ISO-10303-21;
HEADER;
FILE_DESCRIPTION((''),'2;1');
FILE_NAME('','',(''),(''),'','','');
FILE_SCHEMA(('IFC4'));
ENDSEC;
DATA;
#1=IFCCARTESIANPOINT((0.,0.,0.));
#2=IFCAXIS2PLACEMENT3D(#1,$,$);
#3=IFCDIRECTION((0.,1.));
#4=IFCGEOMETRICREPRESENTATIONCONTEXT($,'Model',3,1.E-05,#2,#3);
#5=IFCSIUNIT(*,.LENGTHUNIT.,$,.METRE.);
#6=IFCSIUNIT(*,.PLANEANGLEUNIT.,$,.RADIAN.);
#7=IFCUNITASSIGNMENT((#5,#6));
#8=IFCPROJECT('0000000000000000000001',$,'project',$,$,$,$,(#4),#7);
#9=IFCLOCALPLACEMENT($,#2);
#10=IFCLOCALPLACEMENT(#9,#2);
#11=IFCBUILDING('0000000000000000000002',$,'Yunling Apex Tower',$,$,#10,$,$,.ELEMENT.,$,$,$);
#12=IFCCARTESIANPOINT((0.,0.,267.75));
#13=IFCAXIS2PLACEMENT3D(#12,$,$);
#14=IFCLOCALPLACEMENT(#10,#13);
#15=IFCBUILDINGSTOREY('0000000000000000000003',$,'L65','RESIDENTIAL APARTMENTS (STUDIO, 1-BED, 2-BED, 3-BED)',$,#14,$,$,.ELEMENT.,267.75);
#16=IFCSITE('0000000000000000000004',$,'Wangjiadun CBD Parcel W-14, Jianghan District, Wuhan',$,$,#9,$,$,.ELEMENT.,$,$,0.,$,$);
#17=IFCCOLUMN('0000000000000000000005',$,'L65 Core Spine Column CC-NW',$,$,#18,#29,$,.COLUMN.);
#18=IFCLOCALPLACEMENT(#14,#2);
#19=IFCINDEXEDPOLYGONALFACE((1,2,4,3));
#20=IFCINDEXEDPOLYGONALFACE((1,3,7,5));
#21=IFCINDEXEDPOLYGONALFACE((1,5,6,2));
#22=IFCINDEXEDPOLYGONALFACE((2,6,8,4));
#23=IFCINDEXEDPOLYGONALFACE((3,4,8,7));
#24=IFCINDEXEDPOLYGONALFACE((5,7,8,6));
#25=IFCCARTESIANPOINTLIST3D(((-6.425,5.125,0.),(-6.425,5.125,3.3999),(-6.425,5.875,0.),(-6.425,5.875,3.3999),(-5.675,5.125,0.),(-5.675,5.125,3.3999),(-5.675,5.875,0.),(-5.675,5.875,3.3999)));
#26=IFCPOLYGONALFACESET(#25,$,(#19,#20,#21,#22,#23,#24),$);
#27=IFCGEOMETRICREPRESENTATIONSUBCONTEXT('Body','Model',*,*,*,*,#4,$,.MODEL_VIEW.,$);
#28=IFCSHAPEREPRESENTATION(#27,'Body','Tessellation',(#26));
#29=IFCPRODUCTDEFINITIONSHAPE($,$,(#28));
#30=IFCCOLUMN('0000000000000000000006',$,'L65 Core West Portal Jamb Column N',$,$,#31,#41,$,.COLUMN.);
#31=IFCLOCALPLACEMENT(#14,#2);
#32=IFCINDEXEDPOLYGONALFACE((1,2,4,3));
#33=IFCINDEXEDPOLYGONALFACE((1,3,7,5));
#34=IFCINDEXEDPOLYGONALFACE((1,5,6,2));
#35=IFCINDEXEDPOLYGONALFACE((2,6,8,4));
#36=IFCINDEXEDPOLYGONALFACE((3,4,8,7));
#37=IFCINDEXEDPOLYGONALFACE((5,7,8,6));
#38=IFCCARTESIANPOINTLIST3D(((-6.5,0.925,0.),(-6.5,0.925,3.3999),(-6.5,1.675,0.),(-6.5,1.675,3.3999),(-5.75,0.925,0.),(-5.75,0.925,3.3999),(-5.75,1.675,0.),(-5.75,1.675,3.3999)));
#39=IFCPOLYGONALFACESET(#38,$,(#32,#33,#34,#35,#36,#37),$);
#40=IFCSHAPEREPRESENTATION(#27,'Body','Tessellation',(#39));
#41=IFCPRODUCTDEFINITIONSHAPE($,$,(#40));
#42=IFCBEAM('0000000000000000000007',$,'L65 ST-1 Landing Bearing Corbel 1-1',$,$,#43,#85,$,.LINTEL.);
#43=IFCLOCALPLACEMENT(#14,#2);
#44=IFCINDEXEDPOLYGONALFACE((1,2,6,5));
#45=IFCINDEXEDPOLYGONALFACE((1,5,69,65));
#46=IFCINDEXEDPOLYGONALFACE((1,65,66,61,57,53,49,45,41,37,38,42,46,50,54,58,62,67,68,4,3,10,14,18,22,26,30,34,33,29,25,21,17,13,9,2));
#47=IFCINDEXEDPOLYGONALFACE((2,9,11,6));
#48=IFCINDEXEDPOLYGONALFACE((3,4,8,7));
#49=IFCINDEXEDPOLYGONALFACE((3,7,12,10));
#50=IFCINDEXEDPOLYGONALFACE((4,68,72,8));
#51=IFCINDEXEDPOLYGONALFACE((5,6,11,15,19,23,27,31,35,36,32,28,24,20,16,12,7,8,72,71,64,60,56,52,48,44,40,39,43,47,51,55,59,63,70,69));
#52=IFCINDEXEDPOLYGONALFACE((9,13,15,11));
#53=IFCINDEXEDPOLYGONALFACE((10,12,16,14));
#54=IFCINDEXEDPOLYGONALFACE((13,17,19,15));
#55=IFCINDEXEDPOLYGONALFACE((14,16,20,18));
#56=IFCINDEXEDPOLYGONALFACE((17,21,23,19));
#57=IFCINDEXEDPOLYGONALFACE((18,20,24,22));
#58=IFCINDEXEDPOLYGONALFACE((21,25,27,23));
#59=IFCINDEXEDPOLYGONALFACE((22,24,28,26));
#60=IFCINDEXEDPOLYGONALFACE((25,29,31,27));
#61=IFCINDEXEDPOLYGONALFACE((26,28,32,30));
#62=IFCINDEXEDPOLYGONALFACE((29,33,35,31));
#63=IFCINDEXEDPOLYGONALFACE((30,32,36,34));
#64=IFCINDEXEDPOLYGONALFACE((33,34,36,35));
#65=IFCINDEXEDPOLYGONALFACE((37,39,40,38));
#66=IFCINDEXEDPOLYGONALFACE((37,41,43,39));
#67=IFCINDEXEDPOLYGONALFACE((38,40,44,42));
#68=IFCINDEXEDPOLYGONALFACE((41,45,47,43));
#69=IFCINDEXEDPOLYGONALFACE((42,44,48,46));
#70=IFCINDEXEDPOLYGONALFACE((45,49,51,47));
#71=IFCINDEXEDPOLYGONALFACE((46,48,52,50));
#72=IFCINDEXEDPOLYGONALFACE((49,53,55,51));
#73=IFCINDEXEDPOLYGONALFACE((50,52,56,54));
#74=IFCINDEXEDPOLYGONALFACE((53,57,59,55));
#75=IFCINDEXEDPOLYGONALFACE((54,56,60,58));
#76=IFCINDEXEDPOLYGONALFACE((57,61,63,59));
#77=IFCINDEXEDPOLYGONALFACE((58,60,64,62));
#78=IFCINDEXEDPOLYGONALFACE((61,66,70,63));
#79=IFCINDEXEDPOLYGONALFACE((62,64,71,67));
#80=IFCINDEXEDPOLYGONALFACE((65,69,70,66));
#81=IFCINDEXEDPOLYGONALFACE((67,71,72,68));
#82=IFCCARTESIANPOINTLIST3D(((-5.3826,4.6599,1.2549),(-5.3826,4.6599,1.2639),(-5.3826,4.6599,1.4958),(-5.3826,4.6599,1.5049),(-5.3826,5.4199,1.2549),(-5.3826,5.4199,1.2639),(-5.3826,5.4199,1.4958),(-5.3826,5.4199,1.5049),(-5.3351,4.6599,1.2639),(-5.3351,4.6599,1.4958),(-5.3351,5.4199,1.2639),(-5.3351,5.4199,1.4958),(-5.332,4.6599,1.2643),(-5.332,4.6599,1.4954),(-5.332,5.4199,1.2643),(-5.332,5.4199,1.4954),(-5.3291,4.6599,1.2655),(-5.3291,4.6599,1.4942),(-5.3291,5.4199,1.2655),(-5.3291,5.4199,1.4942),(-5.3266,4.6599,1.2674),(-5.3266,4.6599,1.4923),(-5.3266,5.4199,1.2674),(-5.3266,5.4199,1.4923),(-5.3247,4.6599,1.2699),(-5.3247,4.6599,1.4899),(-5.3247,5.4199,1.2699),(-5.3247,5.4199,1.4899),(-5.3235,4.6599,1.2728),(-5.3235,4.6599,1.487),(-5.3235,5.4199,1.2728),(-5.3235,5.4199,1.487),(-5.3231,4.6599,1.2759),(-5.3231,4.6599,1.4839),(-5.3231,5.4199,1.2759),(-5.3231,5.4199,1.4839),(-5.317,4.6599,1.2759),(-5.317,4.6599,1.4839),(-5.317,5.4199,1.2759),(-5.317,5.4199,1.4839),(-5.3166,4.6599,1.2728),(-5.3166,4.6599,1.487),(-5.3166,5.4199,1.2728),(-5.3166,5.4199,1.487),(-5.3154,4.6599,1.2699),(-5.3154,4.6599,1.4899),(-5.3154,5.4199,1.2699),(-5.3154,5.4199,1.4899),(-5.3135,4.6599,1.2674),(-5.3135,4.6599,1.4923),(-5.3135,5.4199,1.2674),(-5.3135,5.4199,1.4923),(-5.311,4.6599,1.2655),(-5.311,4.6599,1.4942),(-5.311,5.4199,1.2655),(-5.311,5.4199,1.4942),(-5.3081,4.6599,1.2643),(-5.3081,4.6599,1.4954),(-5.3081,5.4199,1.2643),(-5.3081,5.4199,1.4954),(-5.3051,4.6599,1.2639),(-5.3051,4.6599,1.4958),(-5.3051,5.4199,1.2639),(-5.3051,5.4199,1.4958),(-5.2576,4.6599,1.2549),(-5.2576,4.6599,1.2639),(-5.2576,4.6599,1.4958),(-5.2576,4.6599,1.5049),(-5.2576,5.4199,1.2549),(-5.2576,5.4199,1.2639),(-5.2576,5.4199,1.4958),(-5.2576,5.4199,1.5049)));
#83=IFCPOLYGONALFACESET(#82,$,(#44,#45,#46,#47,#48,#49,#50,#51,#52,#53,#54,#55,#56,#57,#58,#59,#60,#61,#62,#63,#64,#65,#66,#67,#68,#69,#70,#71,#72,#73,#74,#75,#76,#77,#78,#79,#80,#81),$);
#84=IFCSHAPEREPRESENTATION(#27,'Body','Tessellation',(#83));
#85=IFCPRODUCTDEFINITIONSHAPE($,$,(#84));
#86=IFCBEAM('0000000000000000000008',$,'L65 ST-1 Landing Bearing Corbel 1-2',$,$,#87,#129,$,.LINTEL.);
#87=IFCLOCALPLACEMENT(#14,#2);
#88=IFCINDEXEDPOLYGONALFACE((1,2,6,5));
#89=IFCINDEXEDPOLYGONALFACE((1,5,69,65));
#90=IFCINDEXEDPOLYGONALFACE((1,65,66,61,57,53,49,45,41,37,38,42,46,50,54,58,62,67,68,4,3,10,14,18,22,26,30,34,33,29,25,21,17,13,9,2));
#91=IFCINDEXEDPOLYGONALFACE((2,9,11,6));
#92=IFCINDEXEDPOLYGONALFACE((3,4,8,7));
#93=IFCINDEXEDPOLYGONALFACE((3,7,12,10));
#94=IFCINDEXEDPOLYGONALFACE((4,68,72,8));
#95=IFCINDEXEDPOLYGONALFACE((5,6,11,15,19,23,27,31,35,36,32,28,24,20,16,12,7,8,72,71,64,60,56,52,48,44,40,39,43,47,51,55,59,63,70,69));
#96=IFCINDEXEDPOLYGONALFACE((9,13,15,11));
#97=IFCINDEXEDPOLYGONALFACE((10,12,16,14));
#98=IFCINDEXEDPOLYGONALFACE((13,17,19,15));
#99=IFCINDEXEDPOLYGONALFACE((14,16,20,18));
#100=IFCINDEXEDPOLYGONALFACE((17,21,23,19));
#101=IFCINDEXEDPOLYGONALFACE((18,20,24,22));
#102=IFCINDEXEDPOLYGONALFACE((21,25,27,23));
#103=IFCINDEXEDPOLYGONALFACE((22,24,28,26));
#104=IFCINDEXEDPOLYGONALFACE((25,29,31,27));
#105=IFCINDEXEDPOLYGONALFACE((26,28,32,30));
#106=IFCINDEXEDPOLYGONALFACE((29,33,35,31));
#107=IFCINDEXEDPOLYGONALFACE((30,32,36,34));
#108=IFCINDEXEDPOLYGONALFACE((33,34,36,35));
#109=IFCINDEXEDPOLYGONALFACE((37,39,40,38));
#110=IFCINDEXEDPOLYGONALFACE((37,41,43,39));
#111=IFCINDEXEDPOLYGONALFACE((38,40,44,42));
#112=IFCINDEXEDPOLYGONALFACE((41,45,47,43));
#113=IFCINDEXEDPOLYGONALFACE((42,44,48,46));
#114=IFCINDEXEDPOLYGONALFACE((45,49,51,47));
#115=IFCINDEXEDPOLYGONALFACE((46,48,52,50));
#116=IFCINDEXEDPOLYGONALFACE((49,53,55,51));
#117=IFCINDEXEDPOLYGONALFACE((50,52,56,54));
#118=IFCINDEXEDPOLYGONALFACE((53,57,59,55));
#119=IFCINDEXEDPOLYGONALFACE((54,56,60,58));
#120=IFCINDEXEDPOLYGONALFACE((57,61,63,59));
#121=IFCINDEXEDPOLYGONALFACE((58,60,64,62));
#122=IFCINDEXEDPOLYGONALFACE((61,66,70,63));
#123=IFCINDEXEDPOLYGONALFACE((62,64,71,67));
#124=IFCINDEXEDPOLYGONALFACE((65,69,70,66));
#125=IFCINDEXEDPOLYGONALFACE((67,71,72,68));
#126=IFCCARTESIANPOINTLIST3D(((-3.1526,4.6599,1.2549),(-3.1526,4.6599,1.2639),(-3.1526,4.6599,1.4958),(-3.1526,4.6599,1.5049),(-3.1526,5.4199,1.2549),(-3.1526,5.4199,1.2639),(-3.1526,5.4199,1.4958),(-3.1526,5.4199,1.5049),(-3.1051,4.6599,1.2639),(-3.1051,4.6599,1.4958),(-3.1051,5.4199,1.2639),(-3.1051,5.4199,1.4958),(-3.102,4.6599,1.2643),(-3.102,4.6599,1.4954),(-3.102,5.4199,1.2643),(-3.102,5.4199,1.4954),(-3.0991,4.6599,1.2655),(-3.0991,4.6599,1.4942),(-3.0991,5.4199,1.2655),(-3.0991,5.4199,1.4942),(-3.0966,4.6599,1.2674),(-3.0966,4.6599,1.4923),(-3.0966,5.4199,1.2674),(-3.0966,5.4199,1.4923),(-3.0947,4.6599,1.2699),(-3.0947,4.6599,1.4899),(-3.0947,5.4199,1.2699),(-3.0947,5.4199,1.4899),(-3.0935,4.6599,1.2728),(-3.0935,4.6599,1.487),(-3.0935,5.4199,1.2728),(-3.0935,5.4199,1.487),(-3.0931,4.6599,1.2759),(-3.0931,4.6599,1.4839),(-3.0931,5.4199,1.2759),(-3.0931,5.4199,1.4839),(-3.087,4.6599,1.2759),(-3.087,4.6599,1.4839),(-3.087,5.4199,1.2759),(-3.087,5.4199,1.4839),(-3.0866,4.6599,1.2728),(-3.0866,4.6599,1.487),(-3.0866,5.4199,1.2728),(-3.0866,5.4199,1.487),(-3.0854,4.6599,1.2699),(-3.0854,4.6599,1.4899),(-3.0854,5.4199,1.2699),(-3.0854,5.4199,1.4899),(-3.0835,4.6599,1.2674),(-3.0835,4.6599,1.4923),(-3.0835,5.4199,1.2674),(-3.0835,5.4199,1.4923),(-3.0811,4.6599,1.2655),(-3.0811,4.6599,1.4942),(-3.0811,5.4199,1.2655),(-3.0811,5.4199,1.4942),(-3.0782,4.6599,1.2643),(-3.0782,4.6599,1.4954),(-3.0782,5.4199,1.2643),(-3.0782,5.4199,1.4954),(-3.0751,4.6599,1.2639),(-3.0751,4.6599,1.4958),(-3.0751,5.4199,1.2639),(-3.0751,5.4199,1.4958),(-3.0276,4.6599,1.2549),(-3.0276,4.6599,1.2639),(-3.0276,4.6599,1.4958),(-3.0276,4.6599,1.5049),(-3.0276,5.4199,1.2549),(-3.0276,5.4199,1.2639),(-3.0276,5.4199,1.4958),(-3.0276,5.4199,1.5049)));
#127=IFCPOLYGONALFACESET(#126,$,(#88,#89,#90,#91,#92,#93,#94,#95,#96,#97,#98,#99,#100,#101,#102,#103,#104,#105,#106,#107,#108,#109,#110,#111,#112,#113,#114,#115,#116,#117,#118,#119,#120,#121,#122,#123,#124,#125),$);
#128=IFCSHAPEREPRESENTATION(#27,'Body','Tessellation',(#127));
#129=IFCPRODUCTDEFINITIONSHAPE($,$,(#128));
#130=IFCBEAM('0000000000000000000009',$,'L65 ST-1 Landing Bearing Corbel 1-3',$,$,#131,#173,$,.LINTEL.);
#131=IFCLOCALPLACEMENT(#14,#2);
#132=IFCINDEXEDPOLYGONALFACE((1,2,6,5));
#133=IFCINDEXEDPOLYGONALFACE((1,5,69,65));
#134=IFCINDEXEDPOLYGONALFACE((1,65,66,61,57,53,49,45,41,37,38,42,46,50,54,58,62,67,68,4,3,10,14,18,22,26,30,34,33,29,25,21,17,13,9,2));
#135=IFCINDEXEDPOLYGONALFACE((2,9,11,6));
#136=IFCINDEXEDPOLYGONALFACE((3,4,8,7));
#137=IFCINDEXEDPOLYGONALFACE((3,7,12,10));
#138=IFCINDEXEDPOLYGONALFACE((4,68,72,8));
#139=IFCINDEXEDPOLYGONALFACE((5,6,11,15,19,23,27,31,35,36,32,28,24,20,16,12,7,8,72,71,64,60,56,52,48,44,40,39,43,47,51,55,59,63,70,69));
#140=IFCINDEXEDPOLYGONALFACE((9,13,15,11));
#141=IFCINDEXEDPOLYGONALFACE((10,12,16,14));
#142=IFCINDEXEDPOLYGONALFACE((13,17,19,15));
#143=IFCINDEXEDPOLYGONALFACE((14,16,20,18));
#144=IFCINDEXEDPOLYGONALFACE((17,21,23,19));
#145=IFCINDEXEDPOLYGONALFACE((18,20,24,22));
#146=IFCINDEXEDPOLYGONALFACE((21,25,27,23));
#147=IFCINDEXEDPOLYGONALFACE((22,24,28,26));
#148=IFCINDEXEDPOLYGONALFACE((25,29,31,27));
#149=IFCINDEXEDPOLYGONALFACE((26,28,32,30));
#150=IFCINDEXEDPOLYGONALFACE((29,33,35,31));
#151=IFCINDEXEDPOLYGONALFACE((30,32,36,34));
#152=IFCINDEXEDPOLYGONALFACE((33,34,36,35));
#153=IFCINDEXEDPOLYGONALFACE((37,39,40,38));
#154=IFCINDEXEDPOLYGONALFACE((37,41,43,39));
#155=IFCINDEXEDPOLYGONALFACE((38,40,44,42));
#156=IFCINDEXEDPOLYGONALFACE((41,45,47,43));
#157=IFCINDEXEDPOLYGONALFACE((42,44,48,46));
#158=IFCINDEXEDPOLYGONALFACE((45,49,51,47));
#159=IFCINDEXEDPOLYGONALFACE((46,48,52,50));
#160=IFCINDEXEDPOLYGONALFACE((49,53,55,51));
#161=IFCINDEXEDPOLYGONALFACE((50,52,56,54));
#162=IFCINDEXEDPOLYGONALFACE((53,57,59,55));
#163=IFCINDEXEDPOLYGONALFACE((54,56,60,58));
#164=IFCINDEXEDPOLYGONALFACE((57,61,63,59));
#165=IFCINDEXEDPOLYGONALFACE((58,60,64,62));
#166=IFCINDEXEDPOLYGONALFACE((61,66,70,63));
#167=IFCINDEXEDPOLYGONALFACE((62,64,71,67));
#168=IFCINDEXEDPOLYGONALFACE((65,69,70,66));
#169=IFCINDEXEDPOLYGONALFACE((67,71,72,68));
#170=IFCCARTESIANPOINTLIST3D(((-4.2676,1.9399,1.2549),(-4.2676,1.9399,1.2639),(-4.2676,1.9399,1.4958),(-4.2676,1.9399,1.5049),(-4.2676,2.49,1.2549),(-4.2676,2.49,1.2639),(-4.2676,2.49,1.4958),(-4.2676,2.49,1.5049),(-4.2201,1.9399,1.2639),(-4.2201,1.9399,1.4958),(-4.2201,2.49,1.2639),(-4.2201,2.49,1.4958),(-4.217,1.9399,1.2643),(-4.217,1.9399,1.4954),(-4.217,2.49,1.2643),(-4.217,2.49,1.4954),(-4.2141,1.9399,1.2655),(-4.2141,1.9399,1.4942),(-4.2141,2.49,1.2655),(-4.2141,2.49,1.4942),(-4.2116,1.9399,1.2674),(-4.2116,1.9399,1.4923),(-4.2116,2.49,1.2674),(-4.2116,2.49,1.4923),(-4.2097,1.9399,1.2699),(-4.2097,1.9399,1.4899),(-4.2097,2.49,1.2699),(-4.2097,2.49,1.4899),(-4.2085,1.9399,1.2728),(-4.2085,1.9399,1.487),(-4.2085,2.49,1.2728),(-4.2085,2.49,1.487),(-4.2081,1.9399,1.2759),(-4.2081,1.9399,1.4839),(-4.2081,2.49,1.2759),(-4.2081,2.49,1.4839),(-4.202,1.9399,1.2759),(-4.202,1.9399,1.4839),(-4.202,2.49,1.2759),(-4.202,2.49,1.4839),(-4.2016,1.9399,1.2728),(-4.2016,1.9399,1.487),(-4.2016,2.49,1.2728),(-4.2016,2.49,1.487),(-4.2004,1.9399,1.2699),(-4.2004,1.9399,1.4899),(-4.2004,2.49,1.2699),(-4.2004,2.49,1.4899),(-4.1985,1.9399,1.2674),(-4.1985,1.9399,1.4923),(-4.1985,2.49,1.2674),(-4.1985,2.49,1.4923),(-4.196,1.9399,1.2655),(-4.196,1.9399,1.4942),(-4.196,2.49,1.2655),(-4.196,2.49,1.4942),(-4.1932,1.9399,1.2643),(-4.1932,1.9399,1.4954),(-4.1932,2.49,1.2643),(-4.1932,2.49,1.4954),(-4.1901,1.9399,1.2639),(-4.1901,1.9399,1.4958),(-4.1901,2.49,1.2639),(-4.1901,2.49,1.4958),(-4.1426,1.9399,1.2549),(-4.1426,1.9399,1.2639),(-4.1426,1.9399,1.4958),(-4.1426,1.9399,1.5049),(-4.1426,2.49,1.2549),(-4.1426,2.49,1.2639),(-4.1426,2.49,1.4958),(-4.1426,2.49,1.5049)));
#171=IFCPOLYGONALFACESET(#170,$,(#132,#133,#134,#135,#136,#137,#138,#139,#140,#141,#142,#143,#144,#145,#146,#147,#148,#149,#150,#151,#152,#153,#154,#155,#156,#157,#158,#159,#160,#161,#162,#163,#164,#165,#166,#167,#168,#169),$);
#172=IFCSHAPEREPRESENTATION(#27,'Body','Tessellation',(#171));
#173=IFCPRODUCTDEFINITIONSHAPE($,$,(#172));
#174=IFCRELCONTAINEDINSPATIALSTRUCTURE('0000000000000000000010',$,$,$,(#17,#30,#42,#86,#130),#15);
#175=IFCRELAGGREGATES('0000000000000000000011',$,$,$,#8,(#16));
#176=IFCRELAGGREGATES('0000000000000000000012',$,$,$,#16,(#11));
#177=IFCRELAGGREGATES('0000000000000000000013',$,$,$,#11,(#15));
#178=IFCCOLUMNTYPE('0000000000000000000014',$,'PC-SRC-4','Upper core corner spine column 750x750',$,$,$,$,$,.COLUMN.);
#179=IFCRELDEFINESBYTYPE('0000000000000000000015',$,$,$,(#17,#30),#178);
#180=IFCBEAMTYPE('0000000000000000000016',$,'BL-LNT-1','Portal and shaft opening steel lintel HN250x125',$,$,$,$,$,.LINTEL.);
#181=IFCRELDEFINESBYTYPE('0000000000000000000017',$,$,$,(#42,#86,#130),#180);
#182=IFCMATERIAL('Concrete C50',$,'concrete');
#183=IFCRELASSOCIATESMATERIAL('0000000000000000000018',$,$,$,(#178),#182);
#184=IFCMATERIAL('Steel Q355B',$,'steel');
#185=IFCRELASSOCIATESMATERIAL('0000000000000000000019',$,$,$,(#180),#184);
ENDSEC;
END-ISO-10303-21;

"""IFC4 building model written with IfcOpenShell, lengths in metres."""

from ifc_helpers import new_model, si_unit, direction, frame, origin, origin_2d, place, context, subcontext, project, spatial, rectangle, i_section, extrude, source, transform, mapped, material, material_profile, profile_set, type_object, element, save


model = new_model("IFC4")

# Units and contexts
model_context = context("Model", 3, precision=1e-05, world=origin(), true_north=direction((0.0, 1.0)))
body_context = subcontext(model_context, "Body", "Model", "MODEL_VIEW")
ifc_project = project(units=[si_unit("LENGTHUNIT", "METRE"), si_unit("PLANEANGLEUNIT", "RADIAN")], contexts=[model_context])

# Site, building, storey
site_placement = place(None, origin())
site = spatial("IfcSite", under=ifc_project, at=site_placement, Name="Wangjiadun CBD Parcel W-14, Jianghan District, Wuhan", CompositionType="ELEMENT", RefElevation=0.0)
building_placement = place(site_placement, origin())
building = spatial("IfcBuilding", under=site, at=building_placement, Name="Yunling Apex Tower", CompositionType="ELEMENT")
storey_placement = place(building_placement, frame((0.0, 0.0, 267.75)))
storey = spatial("IfcBuildingStorey", under=building, at=storey_placement, Name="L65", Description="RESIDENTIAL APARTMENTS (STUDIO, 1-BED, 2-BED, 3-BED)", CompositionType="ELEMENT", Elevation=267.75)

# Columns
ifc_material_1 = material(Name="Concrete C50", Category="concrete")
ifc_material_profile_1 = material_profile(ifc_material_1, rectangle(XDim=0.75, YDim=0.75, at=origin_2d()))
ifc_profile_set_1 = profile_set([ifc_material_profile_1], Name="Concrete C50")
column_type = type_object("IfcColumnType", Name="PC-SRC-4", Description="Upper core corner spine column 750x750", PredefinedType="COLUMN", material=ifc_profile_set_1)
shared_shape_1 = source(origin(), body_context, "Body", "SweptSolid", [
    extrude(rectangle(XDim=0.75, YDim=0.75, at=origin_2d()), origin(), (0.0, 0.0, 1.0), 3.3999),
])
for number, where, z_axis, x_axis, name in (
    (1, (-6.05, 5.5, 0.0), (0.0, 0.0, 1.0), (1.0, 0.0, 0.0), "L65 Core Spine Column CC-NW"),
    (2, (-6.125, 1.3, 0.0), (0.0, 0.0, 1.0), (1.0, 0.0, 0.0), "L65 Core West Portal Jamb Column N"),
):
    element("IfcColumn", number, at=place(storey_placement, frame(where, z_axis=z_axis, x_axis=x_axis)), inside=storey, type_object=column_type, Name=name, PredefinedType="COLUMN", context=body_context, shape_type="MappedRepresentation", body=[
        mapped(shared_shape_1, transform((0.0, 0.0, 0.0), scale=1.0)),
    ])

# Beams
ifc_material_2 = material(Name="Steel Q355B", Category="steel")
ifc_material_profile_2 = material_profile(ifc_material_2, i_section(OverallWidth=0.125, OverallDepth=0.25, WebThickness=0.0061, FlangeThickness=0.009, FilletRadius=0.012, at=origin_2d()))
ifc_profile_set_2 = profile_set([ifc_material_profile_2], Name="Steel Q355B")
beam_type_1 = type_object("IfcBeamType", Name="BL-LNT-1", Description="Portal and shaft opening steel lintel HN250x125", PredefinedType="LINTEL", material=ifc_profile_set_2)
shared_shape_2 = source(origin(), body_context, "Body", "SweptSolid", [
    extrude(i_section(OverallWidth=0.125, OverallDepth=0.25, WebThickness=0.0061, FlangeThickness=0.009, FilletRadius=0.012, at=origin_2d()), origin(), (0.0, 0.0, 1.0), 0.76),
])
for number, where, z_axis, x_axis, name in (
    (3, (-5.3201, 5.4199, 1.3799), (0.0, -1.0, 0.0), (1.0, 0.0, 0.0), "L65 ST-1 Landing Bearing Corbel 1-1"),
    (4, (-3.0901, 5.4199, 1.3799), (0.0, -1.0, 0.0), (1.0, 0.0, 0.0), "L65 ST-1 Landing Bearing Corbel 1-2"),
):
    element("IfcBeam", number, at=place(storey_placement, frame(where, z_axis=z_axis, x_axis=x_axis)), inside=storey, type_object=beam_type_1, Name=name, PredefinedType="LINTEL", context=body_context, shape_type="MappedRepresentation", body=[
        mapped(shared_shape_2, transform((0.0, 0.0, 0.0), scale=1.0)),
    ])
shared_shape_3 = source(origin(), body_context, "Body", "SweptSolid", [
    extrude(i_section(OverallWidth=0.125, OverallDepth=0.25, WebThickness=0.0061, FlangeThickness=0.009, FilletRadius=0.012, at=origin_2d()), origin(), (0.0, 0.0, 1.0), 0.55),
])
beam_1_placement = place(storey_placement, frame((-4.2051, 1.9399, 1.3799), z_axis=(0.0, 1.0, 0.0), x_axis=(-1.0, 0.0, 0.0)))
element("IfcBeam", 5, at=beam_1_placement, inside=storey, type_object=beam_type_1, Name="L65 ST-1 Landing Bearing Corbel 1-3", PredefinedType="LINTEL", context=body_context, shape_type="MappedRepresentation", body=[
    mapped(shared_shape_3, transform((0.0, 0.0, 0.0), scale=1.0)),
])

save(model, "model.ifc")
